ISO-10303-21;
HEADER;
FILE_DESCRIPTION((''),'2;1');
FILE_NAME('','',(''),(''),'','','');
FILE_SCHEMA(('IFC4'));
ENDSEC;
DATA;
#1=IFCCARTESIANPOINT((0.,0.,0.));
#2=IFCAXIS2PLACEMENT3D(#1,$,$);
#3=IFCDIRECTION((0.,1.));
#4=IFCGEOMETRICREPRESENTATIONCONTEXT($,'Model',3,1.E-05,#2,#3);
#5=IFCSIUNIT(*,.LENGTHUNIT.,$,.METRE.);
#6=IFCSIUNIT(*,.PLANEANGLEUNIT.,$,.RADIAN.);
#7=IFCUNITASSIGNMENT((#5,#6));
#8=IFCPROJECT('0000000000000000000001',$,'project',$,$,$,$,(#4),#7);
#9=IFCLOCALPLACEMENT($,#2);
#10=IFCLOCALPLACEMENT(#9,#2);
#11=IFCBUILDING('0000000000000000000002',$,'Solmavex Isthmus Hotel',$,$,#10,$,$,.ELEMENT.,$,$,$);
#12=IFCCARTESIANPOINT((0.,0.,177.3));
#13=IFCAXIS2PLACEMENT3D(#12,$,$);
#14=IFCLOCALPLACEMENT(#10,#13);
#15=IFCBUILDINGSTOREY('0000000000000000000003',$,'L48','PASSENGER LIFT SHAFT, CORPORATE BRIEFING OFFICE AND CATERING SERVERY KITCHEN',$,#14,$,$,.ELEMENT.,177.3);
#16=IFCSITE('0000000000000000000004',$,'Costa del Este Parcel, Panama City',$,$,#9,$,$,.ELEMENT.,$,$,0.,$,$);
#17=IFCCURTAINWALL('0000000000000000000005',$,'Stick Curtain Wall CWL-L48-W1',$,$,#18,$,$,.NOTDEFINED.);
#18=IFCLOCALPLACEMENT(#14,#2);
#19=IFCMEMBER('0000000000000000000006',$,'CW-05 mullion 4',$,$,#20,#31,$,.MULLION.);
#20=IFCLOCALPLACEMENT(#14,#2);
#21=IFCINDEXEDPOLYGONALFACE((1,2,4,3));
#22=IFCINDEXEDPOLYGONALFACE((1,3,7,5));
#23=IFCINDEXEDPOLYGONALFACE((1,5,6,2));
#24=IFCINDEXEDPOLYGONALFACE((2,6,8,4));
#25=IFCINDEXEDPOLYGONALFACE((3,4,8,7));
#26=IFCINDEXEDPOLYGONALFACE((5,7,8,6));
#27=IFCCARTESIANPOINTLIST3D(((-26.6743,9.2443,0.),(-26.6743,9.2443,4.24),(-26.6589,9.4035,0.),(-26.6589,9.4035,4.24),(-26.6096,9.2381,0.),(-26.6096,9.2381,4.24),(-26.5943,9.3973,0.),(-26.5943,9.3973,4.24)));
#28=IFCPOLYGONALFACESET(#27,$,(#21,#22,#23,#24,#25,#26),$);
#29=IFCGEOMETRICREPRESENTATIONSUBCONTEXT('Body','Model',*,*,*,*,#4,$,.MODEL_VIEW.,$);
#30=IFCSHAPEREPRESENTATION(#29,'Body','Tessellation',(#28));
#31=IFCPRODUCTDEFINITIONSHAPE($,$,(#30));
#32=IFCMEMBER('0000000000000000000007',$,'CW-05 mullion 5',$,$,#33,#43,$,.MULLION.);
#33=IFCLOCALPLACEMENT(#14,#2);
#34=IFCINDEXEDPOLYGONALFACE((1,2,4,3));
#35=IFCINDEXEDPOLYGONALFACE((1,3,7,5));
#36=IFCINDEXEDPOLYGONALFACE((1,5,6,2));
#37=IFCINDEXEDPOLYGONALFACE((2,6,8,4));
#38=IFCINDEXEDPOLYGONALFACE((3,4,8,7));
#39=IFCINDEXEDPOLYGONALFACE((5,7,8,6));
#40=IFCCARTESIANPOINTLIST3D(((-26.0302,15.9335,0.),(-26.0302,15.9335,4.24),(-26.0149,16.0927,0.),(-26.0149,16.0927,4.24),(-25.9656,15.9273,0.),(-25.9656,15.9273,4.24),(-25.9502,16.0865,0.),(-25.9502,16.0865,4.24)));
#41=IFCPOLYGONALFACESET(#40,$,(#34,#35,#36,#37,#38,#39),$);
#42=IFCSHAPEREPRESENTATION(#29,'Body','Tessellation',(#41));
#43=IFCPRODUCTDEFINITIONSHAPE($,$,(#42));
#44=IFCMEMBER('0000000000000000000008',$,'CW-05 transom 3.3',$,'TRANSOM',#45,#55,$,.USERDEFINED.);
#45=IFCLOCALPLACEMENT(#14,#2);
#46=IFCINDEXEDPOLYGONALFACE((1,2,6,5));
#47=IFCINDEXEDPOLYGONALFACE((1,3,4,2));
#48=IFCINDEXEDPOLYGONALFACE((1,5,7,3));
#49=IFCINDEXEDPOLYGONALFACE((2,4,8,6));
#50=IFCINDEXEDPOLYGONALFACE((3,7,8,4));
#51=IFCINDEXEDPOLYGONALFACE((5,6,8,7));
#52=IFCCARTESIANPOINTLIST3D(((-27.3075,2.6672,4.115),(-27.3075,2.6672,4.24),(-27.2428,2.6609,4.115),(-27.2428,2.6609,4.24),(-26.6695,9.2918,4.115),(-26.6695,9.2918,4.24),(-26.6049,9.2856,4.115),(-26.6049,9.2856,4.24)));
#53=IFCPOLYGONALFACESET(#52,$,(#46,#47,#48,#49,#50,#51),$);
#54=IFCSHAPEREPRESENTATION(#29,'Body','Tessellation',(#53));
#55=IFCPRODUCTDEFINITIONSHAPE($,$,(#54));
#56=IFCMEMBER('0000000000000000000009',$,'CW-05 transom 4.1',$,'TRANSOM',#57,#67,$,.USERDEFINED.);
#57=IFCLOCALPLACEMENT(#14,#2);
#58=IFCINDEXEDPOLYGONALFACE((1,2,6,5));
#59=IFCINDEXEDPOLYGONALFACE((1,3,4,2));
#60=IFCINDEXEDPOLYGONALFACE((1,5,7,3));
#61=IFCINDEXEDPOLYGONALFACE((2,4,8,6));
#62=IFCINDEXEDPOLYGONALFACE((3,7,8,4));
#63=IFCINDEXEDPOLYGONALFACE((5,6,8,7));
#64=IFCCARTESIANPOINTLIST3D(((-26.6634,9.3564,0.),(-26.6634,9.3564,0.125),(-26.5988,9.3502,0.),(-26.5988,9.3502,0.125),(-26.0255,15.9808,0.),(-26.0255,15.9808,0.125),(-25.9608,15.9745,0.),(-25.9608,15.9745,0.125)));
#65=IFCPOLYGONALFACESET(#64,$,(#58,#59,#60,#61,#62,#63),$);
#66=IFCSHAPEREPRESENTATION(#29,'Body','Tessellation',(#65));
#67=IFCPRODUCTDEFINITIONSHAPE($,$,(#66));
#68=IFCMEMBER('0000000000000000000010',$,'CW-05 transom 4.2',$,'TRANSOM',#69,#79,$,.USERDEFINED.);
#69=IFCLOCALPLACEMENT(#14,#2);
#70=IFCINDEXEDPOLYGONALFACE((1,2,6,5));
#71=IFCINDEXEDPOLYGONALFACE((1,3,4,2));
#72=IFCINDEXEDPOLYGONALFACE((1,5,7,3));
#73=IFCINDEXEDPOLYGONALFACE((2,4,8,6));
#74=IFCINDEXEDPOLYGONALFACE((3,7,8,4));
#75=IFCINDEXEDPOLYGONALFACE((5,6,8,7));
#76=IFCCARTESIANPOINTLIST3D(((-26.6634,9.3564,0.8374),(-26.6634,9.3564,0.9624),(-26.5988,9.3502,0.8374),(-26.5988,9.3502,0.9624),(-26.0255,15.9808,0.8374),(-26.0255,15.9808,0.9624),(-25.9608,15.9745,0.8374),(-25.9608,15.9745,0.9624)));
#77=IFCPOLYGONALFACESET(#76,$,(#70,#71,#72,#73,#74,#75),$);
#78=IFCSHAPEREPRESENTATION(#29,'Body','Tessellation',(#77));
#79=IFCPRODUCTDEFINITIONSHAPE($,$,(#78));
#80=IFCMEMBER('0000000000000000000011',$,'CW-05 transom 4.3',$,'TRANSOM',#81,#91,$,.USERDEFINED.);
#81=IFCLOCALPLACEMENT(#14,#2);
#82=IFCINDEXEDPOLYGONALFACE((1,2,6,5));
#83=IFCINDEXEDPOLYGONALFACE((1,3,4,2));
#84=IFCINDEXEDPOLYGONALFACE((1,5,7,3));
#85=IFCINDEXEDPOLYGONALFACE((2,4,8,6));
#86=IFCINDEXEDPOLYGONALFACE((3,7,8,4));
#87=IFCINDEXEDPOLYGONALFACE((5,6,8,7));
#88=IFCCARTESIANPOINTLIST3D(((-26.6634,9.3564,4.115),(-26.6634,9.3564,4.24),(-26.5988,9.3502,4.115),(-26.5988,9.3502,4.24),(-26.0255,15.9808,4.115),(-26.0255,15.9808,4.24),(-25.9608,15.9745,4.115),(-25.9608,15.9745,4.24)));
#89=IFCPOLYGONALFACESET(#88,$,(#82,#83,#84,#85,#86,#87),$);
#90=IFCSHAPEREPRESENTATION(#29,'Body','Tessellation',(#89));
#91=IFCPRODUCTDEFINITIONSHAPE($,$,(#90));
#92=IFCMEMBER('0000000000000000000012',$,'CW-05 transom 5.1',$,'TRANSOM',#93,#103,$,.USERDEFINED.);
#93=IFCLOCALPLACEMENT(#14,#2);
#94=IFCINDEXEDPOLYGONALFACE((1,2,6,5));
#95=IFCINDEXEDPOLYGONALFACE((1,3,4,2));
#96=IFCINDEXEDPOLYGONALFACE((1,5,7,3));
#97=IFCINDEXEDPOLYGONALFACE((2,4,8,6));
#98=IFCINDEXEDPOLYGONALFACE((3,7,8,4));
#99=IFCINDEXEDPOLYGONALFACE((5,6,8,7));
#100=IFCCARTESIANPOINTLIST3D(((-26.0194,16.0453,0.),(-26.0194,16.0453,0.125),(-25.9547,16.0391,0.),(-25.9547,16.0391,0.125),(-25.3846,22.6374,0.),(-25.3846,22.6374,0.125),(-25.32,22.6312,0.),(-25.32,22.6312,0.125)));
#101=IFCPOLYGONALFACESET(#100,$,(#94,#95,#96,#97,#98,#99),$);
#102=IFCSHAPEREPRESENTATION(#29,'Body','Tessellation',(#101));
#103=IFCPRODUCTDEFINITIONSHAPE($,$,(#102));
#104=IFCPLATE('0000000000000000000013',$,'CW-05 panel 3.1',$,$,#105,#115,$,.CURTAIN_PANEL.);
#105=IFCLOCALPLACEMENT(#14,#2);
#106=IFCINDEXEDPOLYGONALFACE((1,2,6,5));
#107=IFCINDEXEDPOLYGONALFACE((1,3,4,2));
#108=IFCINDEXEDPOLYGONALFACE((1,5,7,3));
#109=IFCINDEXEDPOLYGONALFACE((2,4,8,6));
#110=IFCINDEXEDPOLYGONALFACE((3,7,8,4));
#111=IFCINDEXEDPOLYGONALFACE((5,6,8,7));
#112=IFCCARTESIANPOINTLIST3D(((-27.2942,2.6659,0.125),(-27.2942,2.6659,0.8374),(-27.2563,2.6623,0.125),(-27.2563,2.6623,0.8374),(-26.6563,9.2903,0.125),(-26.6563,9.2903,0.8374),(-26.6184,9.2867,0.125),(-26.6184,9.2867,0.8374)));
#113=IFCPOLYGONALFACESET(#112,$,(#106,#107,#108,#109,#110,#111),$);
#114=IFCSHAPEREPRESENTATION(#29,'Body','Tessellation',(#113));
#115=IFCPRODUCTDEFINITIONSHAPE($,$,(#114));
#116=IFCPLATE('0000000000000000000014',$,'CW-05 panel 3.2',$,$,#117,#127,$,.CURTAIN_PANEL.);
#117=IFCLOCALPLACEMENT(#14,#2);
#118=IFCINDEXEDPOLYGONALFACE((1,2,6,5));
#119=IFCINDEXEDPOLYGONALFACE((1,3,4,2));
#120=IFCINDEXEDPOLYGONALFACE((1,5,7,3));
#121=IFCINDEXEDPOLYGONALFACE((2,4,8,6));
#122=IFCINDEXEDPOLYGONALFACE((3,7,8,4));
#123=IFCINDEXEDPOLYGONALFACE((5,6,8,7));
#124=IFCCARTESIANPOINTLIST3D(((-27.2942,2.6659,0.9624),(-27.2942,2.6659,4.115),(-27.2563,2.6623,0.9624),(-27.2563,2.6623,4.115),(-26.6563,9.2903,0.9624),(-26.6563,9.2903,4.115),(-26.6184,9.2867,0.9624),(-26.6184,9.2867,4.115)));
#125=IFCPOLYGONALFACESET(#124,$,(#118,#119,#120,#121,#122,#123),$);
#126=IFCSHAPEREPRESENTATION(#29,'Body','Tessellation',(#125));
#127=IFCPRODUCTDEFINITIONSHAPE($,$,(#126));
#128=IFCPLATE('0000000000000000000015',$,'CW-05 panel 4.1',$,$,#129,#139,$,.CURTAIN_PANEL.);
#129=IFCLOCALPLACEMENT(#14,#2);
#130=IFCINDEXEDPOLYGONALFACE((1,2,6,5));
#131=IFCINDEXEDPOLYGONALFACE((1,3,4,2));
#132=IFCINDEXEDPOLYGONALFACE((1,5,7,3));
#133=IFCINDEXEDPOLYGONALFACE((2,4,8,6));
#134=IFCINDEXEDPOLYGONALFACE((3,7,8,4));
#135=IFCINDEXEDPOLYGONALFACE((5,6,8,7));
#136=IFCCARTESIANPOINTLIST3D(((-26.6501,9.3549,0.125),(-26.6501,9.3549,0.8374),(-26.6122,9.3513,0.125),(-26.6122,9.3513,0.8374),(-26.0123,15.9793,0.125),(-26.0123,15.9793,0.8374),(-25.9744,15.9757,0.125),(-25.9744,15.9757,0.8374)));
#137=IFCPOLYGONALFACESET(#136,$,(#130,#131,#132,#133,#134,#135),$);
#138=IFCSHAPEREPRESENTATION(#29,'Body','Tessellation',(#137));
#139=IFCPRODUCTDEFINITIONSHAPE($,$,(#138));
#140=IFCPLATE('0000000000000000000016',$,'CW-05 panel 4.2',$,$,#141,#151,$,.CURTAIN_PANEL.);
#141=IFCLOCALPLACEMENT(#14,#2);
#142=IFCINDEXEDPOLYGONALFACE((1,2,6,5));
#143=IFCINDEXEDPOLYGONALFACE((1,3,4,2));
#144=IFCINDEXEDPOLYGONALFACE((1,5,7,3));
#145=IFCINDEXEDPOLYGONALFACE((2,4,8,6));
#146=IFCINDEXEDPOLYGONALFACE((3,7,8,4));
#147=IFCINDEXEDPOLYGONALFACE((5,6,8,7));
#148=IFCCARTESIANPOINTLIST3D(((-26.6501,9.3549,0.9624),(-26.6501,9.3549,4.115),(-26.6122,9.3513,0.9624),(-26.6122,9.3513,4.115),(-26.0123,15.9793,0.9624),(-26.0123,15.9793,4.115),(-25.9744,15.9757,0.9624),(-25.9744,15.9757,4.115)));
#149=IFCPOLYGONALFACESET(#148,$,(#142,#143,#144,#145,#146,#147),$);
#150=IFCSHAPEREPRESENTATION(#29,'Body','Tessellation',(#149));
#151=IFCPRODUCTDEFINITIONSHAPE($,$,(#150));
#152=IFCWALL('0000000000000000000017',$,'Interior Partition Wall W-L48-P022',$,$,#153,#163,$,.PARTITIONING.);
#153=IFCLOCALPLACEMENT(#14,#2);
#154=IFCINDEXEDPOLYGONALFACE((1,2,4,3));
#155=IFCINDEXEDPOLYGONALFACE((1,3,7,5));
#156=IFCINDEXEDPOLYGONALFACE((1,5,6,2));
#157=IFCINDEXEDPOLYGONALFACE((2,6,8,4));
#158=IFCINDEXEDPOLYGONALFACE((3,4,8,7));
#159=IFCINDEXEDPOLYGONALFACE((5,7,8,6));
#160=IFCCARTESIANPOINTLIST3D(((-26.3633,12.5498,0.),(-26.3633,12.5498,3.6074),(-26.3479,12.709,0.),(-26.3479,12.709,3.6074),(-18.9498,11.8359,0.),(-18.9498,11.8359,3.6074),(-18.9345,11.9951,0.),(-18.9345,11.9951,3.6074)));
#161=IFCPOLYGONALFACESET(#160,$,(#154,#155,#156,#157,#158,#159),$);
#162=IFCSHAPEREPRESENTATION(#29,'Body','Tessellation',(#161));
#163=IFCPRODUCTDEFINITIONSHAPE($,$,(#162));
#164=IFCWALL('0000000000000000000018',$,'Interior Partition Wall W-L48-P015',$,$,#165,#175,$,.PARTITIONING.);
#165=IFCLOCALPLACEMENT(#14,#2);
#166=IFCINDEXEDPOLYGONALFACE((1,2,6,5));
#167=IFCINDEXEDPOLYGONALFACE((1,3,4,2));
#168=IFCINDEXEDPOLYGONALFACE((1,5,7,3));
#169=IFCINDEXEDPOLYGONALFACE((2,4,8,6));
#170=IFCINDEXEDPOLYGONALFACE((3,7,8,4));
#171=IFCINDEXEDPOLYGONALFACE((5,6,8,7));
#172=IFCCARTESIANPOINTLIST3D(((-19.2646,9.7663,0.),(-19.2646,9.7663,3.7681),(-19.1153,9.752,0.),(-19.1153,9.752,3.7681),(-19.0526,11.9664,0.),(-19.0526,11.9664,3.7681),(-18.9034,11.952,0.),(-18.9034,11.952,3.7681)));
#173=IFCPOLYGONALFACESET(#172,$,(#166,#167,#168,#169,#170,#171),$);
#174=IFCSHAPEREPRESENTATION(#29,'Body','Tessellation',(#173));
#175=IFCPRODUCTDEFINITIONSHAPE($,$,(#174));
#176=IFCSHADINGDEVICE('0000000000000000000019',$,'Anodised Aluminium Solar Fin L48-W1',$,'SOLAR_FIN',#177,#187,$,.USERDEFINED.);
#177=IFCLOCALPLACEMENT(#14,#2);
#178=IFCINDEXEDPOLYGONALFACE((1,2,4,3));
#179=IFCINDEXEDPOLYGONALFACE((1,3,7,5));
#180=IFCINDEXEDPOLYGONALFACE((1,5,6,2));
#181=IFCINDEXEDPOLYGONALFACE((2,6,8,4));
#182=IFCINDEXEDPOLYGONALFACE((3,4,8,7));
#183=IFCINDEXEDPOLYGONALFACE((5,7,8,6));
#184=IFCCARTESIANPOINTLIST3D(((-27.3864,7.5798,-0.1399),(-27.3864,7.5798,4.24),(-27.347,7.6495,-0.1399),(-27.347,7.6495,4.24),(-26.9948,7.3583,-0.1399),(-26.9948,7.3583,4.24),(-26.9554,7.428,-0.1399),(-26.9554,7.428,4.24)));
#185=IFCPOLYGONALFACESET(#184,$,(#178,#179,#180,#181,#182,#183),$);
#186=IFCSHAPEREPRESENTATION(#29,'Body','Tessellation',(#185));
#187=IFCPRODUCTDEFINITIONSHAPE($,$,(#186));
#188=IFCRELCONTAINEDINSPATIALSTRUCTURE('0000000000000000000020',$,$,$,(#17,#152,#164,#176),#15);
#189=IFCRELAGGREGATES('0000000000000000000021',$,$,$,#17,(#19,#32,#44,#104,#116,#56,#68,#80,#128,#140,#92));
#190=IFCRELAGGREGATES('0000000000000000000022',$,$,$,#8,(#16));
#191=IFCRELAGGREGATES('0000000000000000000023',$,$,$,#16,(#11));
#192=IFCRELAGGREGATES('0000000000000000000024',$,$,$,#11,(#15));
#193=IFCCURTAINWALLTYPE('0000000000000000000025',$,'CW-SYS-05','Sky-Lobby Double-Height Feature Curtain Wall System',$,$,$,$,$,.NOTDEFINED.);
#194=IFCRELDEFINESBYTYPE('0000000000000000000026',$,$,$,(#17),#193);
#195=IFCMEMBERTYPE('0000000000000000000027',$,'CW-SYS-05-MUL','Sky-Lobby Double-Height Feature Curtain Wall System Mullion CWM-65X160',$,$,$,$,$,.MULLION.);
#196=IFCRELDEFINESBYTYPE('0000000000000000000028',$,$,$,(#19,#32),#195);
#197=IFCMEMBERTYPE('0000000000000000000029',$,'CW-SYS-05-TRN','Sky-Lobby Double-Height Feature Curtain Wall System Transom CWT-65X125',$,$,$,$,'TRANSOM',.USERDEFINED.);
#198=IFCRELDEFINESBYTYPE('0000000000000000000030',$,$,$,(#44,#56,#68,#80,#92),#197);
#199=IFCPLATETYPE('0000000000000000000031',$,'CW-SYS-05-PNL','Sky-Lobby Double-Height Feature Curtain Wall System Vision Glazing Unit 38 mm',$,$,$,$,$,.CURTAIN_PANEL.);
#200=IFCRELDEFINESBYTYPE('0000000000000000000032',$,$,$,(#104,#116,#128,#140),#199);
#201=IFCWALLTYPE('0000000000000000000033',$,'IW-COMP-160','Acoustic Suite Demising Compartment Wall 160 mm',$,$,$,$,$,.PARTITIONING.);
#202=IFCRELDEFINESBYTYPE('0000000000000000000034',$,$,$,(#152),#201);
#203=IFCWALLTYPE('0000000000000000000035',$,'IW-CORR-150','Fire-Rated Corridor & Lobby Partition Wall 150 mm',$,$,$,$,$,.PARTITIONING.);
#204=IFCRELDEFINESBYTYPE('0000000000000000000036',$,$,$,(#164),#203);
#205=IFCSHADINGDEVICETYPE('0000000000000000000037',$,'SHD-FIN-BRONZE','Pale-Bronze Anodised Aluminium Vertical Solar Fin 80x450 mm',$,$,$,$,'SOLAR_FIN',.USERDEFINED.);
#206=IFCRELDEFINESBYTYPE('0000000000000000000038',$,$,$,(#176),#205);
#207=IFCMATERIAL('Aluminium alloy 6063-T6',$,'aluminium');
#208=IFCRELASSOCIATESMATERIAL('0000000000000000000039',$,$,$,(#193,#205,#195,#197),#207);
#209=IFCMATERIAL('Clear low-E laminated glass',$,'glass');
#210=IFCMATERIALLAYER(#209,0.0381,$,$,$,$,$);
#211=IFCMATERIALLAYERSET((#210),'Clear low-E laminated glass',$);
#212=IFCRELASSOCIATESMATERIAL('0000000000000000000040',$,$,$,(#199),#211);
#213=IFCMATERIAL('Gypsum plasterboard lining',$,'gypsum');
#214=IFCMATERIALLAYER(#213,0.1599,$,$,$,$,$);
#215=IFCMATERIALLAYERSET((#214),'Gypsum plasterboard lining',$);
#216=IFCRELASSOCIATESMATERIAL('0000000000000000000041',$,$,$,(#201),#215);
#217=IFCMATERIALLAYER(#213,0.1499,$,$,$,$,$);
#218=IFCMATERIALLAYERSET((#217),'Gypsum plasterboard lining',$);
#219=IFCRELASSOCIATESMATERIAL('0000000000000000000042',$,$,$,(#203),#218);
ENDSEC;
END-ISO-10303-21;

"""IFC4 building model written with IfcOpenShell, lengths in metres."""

from ifc_helpers import new_model, si_unit, direction, frame, frame_2d, origin, origin_2d, place, context, subcontext, project, spatial, rectangle, extrude, material, layer, layer_set, material_profile, profile_set, type_object, element, aggregate, save


model = new_model("IFC4")

# Units and contexts
model_context = context("Model", 3, precision=1e-05, world=origin(), true_north=direction((0.0, 1.0)))
body_context = subcontext(model_context, "Body", "Model", "MODEL_VIEW")
ifc_project = project(units=[si_unit("LENGTHUNIT", "METRE"), si_unit("PLANEANGLEUNIT", "RADIAN")], contexts=[model_context])

# Site, building, storey
site_placement = place(None, origin())
site = spatial("IfcSite", under=ifc_project, at=site_placement, Name="Costa del Este Parcel, Panama City", CompositionType="ELEMENT", RefElevation=0.0)
building_placement = place(site_placement, origin())
building = spatial("IfcBuilding", under=site, at=building_placement, Name="Solmavex Isthmus Hotel", CompositionType="ELEMENT")
storey_placement = place(building_placement, frame((0.0, 0.0, 177.3)))
storey = spatial("IfcBuildingStorey", under=building, at=storey_placement, Name="L48", Description="PASSENGER LIFT SHAFT, CORPORATE BRIEFING OFFICE AND CATERING SERVERY KITCHEN", CompositionType="ELEMENT", Elevation=177.3)

# Curtain wall, members, plates
ifc_material_1 = material(Name="Aluminium alloy 6063-T6", Category="aluminium")
curtain_wall_type = type_object("IfcCurtainWallType", Name="CW-SYS-05", Description="Sky-Lobby Double-Height Feature Curtain Wall System", PredefinedType="NOTDEFINED", material=ifc_material_1)
curtain_wall_placement = place(storey_placement, origin())
curtain_wall = element("IfcCurtainWall", 1, at=curtain_wall_placement, inside=storey, type_object=curtain_wall_type, Name="Stick Curtain Wall CWL-L48-W1", PredefinedType="NOTDEFINED")
ifc_material_profile_1 = material_profile(ifc_material_1, rectangle(XDim=0.0649, YDim=0.1599, at=origin_2d()), Name="CWM-65X160")
ifc_profile_set_1 = profile_set([ifc_material_profile_1], Name="Aluminium alloy 6063-T6")
member_type_1 = type_object("IfcMemberType", Name="CW-SYS-05-MUL", Description="Sky-Lobby Double-Height Feature Curtain Wall System Mullion CWM-65X160", PredefinedType="MULLION", material=ifc_profile_set_1)
member_1_placement = place(storey_placement, frame((-26.6343, 9.3208, 0.0), z_axis=(0.0, 0.0, 1.0), x_axis=(-0.995396, 0.095846, 0.0)))
member_1 = element("IfcMember", 2, at=member_1_placement, type_object=member_type_1, Name="CW-05 mullion 4", PredefinedType="MULLION", context=body_context, shape_type="SweptSolid", body=[
    extrude(rectangle(XDim=0.0649, YDim=0.1599, at=origin_2d()), origin(), (0.0, 0.0, 1.0), 4.24),
])
member_2_placement = place(storey_placement, frame((-25.9902, 16.01, 0.0), z_axis=(0.0, 0.0, 1.0), x_axis=(-0.995396, 0.095846, 0.0)))
member_2 = element("IfcMember", 3, at=member_2_placement, type_object=member_type_1, Name="CW-05 mullion 5", PredefinedType="MULLION", context=body_context, shape_type="SweptSolid", body=[
    extrude(rectangle(XDim=0.0649, YDim=0.1599, at=origin_2d()), origin(), (0.0, 0.0, 1.0), 4.24),
])
ifc_material_profile_2 = material_profile(ifc_material_1, rectangle(XDim=0.0649, YDim=0.125, at=origin_2d()), Name="CWT-65X125")
ifc_profile_set_2 = profile_set([ifc_material_profile_2], Name="Aluminium alloy 6063-T6")
member_type_2 = type_object("IfcMemberType", Name="CW-SYS-05-TRN", Description="Sky-Lobby Double-Height Feature Curtain Wall System Transom CWT-65X125", ElementType="TRANSOM", PredefinedType="USERDEFINED", material=ifc_profile_set_2)
member_3_placement = place(storey_placement, frame((-27.2751, 2.6641, 4.1775), z_axis=(0.095856, 0.995395, 0.0), x_axis=(-0.995395, 0.095856, 0.0)))
member_3 = element("IfcMember", 4, at=member_3_placement, type_object=member_type_2, Name="CW-05 transom 3.3", ObjectType="TRANSOM", PredefinedType="USERDEFINED", context=body_context, shape_type="SweptSolid", body=[
    extrude(rectangle(XDim=0.0649, YDim=0.125, at=origin_2d()), origin(), (0.0, 0.0, 1.0), 6.6553),
])
member_4_placement = place(storey_placement, frame((-26.6311, 9.3533, 0.0625), z_axis=(0.09586, 0.995395, 0.0), x_axis=(-0.995395, 0.09586, 0.0)))
member_4 = element("IfcMember", 5, at=member_4_placement, type_object=member_type_2, Name="CW-05 transom 4.1", ObjectType="TRANSOM", PredefinedType="USERDEFINED", context=body_context, shape_type="SweptSolid", body=[
    extrude(rectangle(XDim=0.0649, YDim=0.125, at=origin_2d()), origin(), (0.0, 0.0, 1.0), 6.655),
])
member_5_placement = place(storey_placement, frame((-26.6311, 9.3533, 0.8999), z_axis=(0.09586, 0.995395, 0.0), x_axis=(-0.995395, 0.09586, 0.0)))
member_5 = element("IfcMember", 6, at=member_5_placement, type_object=member_type_2, Name="CW-05 transom 4.2", ObjectType="TRANSOM", PredefinedType="USERDEFINED", context=body_context, shape_type="SweptSolid", body=[
    extrude(rectangle(XDim=0.0649, YDim=0.125, at=origin_2d()), origin(), (0.0, 0.0, 1.0), 6.655),
])
member_6_placement = place(storey_placement, frame((-26.6311, 9.3533, 4.1775), z_axis=(0.09586, 0.995395, 0.0), x_axis=(-0.995395, 0.09586, 0.0)))
member_6 = element("IfcMember", 7, at=member_6_placement, type_object=member_type_2, Name="CW-05 transom 4.3", ObjectType="TRANSOM", PredefinedType="USERDEFINED", context=body_context, shape_type="SweptSolid", body=[
    extrude(rectangle(XDim=0.0649, YDim=0.125, at=origin_2d()), origin(), (0.0, 0.0, 1.0), 6.655),
])
member_7_placement = place(storey_placement, frame((-25.9871, 16.0422, 0.0625), z_axis=(0.095849, 0.995396, 0.0), x_axis=(-0.995396, 0.095849, 0.0)))
member_7 = element("IfcMember", 8, at=member_7_placement, type_object=member_type_2, Name="CW-05 transom 5.1", ObjectType="TRANSOM", PredefinedType="USERDEFINED", context=body_context, shape_type="SweptSolid", body=[
    extrude(rectangle(XDim=0.0649, YDim=0.125, at=origin_2d()), origin(), (0.0, 0.0, 1.0), 6.6226),
])
ifc_material_2 = material(Name="Clear low-E laminated glass", Category="glass")
ifc_layer_1 = layer(ifc_material_2, 0.0381)
ifc_layer_set_1 = layer_set([ifc_layer_1], Name="Clear low-E laminated glass")
plate_type = type_object("IfcPlateType", Name="CW-SYS-05-PNL", Description="Sky-Lobby Double-Height Feature Curtain Wall System Vision Glazing Unit 38 mm", PredefinedType="CURTAIN_PANEL", material=ifc_layer_set_1)
plate_1_placement = place(storey_placement, frame((-26.9563, 5.9763, 0.125), z_axis=(0.0, 0.0, 1.0), x_axis=(0.095846, 0.995396, 0.0)))
plate_1 = element("IfcPlate", 9, at=plate_1_placement, type_object=plate_type, Name="CW-05 panel 3.1", PredefinedType="CURTAIN_PANEL", context=body_context, shape_type="SweptSolid", body=[
    extrude(rectangle(XDim=6.655, YDim=0.0381, at=origin_2d()), origin(), (0.0, 0.0, 1.0), 0.7124),
])
plate_2_placement = place(storey_placement, frame((-26.9563, 5.9763, 0.9624), z_axis=(0.0, 0.0, 1.0), x_axis=(0.095846, 0.995396, 0.0)))
plate_2 = element("IfcPlate", 10, at=plate_2_placement, type_object=plate_type, Name="CW-05 panel 3.2", PredefinedType="CURTAIN_PANEL", context=body_context, shape_type="SweptSolid", body=[
    extrude(rectangle(XDim=6.655, YDim=0.0381, at=origin_2d()), origin(), (0.0, 0.0, 1.0), 3.1526),
])
plate_3_placement = place(storey_placement, frame((-26.3123, 12.6653, 0.125), z_axis=(0.0, 0.0, 1.0), x_axis=(0.095846, 0.995396, 0.0)))
plate_3 = element("IfcPlate", 11, at=plate_3_placement, type_object=plate_type, Name="CW-05 panel 4.1", PredefinedType="CURTAIN_PANEL", context=body_context, shape_type="SweptSolid", body=[
    extrude(rectangle(XDim=6.655, YDim=0.0381, at=origin_2d()), origin(), (0.0, 0.0, 1.0), 0.7124),
])
plate_4_placement = place(storey_placement, frame((-26.3123, 12.6653, 0.9624), z_axis=(0.0, 0.0, 1.0), x_axis=(0.095846, 0.995396, 0.0)))
plate_4 = element("IfcPlate", 12, at=plate_4_placement, type_object=plate_type, Name="CW-05 panel 4.2", PredefinedType="CURTAIN_PANEL", context=body_context, shape_type="SweptSolid", body=[
    extrude(rectangle(XDim=6.655, YDim=0.0381, at=origin_2d()), origin(), (0.0, 0.0, 1.0), 3.1526),
])
aggregate(curtain_wall, [member_1, member_2, member_3, plate_1, plate_2, member_4, member_5, member_6, plate_3, plate_4, member_7])

# Wall
ifc_material_3 = material(Name="Gypsum plasterboard lining", Category="gypsum")
ifc_layer_2 = layer(ifc_material_3, 0.1599)
ifc_layer_set_2 = layer_set([ifc_layer_2], Name="Gypsum plasterboard lining")
wall_type_1 = type_object("IfcWallType", Name="IW-COMP-160", Description="Acoustic Suite Demising Compartment Wall 160 mm", PredefinedType="PARTITIONING", material=ifc_layer_set_2)
wall_1_placement = place(storey_placement, frame((-18.9421, 11.9155, 0.0), z_axis=(0.0, 0.0, 1.0), x_axis=(-0.995396, 0.095849, 0.0)))
element("IfcWall", 13, at=wall_1_placement, inside=storey, type_object=wall_type_1, Name="Interior Partition Wall W-L48-P022", PredefinedType="PARTITIONING", context=body_context, shape_type="SweptSolid", body=[
    extrude(rectangle(XDim=7.4478, YDim=0.1599, at=frame_2d((3.7239, 0.0))), origin(), (0.0, 0.0, 1.0), 3.6074),
])

# Shared definitions
ifc_layer_3 = layer(ifc_material_3, 0.1499)
ifc_layer_set_3 = layer_set([ifc_layer_3], Name="Gypsum plasterboard lining")
wall_type_2 = type_object("IfcWallType", Name="IW-CORR-150", Description="Fire-Rated Corridor & Lobby Partition Wall 150 mm", PredefinedType="PARTITIONING", material=ifc_layer_set_3)

# Wall
wall_2_placement = place(storey_placement, frame((-19.1899, 9.7593, 0.0), z_axis=(0.0, 0.0, 1.0), x_axis=(0.095883, 0.995393, 0.0)))
element("IfcWall", 14, at=wall_2_placement, inside=storey, type_object=wall_type_2, Name="Interior Partition Wall W-L48-P015", PredefinedType="PARTITIONING", context=body_context, shape_type="SweptSolid", body=[
    extrude(rectangle(XDim=2.2102, YDim=0.1499, at=frame_2d((1.105, 0.0))), origin(), (0.0, 0.0, 1.0), 3.7681),
])

# Shading device
shading_device_type = type_object("IfcShadingDeviceType", Name="SHD-FIN-BRONZE", Description="Pale-Bronze Anodised Aluminium Vertical Solar Fin 80x450 mm", ElementType="SOLAR_FIN", PredefinedType="USERDEFINED", material=ifc_material_1)
shading_device_placement = place(storey_placement, frame((-27.1709, 7.5039, -0.1399), z_axis=(0.0, 0.0, 1.0), x_axis=(-0.870356, 0.492424, 0.0)))
element("IfcShadingDevice", 15, at=shading_device_placement, inside=storey, type_object=shading_device_type, Name="Anodised Aluminium Solar Fin L48-W1", ObjectType="SOLAR_FIN", PredefinedType="USERDEFINED", context=body_context, shape_type="SweptSolid", body=[
    extrude(rectangle(XDim=0.45, YDim=0.0801, at=origin_2d()), origin(), (0.0, 0.0, 1.0), 4.3799),
])

save(model, "model.ifc")
